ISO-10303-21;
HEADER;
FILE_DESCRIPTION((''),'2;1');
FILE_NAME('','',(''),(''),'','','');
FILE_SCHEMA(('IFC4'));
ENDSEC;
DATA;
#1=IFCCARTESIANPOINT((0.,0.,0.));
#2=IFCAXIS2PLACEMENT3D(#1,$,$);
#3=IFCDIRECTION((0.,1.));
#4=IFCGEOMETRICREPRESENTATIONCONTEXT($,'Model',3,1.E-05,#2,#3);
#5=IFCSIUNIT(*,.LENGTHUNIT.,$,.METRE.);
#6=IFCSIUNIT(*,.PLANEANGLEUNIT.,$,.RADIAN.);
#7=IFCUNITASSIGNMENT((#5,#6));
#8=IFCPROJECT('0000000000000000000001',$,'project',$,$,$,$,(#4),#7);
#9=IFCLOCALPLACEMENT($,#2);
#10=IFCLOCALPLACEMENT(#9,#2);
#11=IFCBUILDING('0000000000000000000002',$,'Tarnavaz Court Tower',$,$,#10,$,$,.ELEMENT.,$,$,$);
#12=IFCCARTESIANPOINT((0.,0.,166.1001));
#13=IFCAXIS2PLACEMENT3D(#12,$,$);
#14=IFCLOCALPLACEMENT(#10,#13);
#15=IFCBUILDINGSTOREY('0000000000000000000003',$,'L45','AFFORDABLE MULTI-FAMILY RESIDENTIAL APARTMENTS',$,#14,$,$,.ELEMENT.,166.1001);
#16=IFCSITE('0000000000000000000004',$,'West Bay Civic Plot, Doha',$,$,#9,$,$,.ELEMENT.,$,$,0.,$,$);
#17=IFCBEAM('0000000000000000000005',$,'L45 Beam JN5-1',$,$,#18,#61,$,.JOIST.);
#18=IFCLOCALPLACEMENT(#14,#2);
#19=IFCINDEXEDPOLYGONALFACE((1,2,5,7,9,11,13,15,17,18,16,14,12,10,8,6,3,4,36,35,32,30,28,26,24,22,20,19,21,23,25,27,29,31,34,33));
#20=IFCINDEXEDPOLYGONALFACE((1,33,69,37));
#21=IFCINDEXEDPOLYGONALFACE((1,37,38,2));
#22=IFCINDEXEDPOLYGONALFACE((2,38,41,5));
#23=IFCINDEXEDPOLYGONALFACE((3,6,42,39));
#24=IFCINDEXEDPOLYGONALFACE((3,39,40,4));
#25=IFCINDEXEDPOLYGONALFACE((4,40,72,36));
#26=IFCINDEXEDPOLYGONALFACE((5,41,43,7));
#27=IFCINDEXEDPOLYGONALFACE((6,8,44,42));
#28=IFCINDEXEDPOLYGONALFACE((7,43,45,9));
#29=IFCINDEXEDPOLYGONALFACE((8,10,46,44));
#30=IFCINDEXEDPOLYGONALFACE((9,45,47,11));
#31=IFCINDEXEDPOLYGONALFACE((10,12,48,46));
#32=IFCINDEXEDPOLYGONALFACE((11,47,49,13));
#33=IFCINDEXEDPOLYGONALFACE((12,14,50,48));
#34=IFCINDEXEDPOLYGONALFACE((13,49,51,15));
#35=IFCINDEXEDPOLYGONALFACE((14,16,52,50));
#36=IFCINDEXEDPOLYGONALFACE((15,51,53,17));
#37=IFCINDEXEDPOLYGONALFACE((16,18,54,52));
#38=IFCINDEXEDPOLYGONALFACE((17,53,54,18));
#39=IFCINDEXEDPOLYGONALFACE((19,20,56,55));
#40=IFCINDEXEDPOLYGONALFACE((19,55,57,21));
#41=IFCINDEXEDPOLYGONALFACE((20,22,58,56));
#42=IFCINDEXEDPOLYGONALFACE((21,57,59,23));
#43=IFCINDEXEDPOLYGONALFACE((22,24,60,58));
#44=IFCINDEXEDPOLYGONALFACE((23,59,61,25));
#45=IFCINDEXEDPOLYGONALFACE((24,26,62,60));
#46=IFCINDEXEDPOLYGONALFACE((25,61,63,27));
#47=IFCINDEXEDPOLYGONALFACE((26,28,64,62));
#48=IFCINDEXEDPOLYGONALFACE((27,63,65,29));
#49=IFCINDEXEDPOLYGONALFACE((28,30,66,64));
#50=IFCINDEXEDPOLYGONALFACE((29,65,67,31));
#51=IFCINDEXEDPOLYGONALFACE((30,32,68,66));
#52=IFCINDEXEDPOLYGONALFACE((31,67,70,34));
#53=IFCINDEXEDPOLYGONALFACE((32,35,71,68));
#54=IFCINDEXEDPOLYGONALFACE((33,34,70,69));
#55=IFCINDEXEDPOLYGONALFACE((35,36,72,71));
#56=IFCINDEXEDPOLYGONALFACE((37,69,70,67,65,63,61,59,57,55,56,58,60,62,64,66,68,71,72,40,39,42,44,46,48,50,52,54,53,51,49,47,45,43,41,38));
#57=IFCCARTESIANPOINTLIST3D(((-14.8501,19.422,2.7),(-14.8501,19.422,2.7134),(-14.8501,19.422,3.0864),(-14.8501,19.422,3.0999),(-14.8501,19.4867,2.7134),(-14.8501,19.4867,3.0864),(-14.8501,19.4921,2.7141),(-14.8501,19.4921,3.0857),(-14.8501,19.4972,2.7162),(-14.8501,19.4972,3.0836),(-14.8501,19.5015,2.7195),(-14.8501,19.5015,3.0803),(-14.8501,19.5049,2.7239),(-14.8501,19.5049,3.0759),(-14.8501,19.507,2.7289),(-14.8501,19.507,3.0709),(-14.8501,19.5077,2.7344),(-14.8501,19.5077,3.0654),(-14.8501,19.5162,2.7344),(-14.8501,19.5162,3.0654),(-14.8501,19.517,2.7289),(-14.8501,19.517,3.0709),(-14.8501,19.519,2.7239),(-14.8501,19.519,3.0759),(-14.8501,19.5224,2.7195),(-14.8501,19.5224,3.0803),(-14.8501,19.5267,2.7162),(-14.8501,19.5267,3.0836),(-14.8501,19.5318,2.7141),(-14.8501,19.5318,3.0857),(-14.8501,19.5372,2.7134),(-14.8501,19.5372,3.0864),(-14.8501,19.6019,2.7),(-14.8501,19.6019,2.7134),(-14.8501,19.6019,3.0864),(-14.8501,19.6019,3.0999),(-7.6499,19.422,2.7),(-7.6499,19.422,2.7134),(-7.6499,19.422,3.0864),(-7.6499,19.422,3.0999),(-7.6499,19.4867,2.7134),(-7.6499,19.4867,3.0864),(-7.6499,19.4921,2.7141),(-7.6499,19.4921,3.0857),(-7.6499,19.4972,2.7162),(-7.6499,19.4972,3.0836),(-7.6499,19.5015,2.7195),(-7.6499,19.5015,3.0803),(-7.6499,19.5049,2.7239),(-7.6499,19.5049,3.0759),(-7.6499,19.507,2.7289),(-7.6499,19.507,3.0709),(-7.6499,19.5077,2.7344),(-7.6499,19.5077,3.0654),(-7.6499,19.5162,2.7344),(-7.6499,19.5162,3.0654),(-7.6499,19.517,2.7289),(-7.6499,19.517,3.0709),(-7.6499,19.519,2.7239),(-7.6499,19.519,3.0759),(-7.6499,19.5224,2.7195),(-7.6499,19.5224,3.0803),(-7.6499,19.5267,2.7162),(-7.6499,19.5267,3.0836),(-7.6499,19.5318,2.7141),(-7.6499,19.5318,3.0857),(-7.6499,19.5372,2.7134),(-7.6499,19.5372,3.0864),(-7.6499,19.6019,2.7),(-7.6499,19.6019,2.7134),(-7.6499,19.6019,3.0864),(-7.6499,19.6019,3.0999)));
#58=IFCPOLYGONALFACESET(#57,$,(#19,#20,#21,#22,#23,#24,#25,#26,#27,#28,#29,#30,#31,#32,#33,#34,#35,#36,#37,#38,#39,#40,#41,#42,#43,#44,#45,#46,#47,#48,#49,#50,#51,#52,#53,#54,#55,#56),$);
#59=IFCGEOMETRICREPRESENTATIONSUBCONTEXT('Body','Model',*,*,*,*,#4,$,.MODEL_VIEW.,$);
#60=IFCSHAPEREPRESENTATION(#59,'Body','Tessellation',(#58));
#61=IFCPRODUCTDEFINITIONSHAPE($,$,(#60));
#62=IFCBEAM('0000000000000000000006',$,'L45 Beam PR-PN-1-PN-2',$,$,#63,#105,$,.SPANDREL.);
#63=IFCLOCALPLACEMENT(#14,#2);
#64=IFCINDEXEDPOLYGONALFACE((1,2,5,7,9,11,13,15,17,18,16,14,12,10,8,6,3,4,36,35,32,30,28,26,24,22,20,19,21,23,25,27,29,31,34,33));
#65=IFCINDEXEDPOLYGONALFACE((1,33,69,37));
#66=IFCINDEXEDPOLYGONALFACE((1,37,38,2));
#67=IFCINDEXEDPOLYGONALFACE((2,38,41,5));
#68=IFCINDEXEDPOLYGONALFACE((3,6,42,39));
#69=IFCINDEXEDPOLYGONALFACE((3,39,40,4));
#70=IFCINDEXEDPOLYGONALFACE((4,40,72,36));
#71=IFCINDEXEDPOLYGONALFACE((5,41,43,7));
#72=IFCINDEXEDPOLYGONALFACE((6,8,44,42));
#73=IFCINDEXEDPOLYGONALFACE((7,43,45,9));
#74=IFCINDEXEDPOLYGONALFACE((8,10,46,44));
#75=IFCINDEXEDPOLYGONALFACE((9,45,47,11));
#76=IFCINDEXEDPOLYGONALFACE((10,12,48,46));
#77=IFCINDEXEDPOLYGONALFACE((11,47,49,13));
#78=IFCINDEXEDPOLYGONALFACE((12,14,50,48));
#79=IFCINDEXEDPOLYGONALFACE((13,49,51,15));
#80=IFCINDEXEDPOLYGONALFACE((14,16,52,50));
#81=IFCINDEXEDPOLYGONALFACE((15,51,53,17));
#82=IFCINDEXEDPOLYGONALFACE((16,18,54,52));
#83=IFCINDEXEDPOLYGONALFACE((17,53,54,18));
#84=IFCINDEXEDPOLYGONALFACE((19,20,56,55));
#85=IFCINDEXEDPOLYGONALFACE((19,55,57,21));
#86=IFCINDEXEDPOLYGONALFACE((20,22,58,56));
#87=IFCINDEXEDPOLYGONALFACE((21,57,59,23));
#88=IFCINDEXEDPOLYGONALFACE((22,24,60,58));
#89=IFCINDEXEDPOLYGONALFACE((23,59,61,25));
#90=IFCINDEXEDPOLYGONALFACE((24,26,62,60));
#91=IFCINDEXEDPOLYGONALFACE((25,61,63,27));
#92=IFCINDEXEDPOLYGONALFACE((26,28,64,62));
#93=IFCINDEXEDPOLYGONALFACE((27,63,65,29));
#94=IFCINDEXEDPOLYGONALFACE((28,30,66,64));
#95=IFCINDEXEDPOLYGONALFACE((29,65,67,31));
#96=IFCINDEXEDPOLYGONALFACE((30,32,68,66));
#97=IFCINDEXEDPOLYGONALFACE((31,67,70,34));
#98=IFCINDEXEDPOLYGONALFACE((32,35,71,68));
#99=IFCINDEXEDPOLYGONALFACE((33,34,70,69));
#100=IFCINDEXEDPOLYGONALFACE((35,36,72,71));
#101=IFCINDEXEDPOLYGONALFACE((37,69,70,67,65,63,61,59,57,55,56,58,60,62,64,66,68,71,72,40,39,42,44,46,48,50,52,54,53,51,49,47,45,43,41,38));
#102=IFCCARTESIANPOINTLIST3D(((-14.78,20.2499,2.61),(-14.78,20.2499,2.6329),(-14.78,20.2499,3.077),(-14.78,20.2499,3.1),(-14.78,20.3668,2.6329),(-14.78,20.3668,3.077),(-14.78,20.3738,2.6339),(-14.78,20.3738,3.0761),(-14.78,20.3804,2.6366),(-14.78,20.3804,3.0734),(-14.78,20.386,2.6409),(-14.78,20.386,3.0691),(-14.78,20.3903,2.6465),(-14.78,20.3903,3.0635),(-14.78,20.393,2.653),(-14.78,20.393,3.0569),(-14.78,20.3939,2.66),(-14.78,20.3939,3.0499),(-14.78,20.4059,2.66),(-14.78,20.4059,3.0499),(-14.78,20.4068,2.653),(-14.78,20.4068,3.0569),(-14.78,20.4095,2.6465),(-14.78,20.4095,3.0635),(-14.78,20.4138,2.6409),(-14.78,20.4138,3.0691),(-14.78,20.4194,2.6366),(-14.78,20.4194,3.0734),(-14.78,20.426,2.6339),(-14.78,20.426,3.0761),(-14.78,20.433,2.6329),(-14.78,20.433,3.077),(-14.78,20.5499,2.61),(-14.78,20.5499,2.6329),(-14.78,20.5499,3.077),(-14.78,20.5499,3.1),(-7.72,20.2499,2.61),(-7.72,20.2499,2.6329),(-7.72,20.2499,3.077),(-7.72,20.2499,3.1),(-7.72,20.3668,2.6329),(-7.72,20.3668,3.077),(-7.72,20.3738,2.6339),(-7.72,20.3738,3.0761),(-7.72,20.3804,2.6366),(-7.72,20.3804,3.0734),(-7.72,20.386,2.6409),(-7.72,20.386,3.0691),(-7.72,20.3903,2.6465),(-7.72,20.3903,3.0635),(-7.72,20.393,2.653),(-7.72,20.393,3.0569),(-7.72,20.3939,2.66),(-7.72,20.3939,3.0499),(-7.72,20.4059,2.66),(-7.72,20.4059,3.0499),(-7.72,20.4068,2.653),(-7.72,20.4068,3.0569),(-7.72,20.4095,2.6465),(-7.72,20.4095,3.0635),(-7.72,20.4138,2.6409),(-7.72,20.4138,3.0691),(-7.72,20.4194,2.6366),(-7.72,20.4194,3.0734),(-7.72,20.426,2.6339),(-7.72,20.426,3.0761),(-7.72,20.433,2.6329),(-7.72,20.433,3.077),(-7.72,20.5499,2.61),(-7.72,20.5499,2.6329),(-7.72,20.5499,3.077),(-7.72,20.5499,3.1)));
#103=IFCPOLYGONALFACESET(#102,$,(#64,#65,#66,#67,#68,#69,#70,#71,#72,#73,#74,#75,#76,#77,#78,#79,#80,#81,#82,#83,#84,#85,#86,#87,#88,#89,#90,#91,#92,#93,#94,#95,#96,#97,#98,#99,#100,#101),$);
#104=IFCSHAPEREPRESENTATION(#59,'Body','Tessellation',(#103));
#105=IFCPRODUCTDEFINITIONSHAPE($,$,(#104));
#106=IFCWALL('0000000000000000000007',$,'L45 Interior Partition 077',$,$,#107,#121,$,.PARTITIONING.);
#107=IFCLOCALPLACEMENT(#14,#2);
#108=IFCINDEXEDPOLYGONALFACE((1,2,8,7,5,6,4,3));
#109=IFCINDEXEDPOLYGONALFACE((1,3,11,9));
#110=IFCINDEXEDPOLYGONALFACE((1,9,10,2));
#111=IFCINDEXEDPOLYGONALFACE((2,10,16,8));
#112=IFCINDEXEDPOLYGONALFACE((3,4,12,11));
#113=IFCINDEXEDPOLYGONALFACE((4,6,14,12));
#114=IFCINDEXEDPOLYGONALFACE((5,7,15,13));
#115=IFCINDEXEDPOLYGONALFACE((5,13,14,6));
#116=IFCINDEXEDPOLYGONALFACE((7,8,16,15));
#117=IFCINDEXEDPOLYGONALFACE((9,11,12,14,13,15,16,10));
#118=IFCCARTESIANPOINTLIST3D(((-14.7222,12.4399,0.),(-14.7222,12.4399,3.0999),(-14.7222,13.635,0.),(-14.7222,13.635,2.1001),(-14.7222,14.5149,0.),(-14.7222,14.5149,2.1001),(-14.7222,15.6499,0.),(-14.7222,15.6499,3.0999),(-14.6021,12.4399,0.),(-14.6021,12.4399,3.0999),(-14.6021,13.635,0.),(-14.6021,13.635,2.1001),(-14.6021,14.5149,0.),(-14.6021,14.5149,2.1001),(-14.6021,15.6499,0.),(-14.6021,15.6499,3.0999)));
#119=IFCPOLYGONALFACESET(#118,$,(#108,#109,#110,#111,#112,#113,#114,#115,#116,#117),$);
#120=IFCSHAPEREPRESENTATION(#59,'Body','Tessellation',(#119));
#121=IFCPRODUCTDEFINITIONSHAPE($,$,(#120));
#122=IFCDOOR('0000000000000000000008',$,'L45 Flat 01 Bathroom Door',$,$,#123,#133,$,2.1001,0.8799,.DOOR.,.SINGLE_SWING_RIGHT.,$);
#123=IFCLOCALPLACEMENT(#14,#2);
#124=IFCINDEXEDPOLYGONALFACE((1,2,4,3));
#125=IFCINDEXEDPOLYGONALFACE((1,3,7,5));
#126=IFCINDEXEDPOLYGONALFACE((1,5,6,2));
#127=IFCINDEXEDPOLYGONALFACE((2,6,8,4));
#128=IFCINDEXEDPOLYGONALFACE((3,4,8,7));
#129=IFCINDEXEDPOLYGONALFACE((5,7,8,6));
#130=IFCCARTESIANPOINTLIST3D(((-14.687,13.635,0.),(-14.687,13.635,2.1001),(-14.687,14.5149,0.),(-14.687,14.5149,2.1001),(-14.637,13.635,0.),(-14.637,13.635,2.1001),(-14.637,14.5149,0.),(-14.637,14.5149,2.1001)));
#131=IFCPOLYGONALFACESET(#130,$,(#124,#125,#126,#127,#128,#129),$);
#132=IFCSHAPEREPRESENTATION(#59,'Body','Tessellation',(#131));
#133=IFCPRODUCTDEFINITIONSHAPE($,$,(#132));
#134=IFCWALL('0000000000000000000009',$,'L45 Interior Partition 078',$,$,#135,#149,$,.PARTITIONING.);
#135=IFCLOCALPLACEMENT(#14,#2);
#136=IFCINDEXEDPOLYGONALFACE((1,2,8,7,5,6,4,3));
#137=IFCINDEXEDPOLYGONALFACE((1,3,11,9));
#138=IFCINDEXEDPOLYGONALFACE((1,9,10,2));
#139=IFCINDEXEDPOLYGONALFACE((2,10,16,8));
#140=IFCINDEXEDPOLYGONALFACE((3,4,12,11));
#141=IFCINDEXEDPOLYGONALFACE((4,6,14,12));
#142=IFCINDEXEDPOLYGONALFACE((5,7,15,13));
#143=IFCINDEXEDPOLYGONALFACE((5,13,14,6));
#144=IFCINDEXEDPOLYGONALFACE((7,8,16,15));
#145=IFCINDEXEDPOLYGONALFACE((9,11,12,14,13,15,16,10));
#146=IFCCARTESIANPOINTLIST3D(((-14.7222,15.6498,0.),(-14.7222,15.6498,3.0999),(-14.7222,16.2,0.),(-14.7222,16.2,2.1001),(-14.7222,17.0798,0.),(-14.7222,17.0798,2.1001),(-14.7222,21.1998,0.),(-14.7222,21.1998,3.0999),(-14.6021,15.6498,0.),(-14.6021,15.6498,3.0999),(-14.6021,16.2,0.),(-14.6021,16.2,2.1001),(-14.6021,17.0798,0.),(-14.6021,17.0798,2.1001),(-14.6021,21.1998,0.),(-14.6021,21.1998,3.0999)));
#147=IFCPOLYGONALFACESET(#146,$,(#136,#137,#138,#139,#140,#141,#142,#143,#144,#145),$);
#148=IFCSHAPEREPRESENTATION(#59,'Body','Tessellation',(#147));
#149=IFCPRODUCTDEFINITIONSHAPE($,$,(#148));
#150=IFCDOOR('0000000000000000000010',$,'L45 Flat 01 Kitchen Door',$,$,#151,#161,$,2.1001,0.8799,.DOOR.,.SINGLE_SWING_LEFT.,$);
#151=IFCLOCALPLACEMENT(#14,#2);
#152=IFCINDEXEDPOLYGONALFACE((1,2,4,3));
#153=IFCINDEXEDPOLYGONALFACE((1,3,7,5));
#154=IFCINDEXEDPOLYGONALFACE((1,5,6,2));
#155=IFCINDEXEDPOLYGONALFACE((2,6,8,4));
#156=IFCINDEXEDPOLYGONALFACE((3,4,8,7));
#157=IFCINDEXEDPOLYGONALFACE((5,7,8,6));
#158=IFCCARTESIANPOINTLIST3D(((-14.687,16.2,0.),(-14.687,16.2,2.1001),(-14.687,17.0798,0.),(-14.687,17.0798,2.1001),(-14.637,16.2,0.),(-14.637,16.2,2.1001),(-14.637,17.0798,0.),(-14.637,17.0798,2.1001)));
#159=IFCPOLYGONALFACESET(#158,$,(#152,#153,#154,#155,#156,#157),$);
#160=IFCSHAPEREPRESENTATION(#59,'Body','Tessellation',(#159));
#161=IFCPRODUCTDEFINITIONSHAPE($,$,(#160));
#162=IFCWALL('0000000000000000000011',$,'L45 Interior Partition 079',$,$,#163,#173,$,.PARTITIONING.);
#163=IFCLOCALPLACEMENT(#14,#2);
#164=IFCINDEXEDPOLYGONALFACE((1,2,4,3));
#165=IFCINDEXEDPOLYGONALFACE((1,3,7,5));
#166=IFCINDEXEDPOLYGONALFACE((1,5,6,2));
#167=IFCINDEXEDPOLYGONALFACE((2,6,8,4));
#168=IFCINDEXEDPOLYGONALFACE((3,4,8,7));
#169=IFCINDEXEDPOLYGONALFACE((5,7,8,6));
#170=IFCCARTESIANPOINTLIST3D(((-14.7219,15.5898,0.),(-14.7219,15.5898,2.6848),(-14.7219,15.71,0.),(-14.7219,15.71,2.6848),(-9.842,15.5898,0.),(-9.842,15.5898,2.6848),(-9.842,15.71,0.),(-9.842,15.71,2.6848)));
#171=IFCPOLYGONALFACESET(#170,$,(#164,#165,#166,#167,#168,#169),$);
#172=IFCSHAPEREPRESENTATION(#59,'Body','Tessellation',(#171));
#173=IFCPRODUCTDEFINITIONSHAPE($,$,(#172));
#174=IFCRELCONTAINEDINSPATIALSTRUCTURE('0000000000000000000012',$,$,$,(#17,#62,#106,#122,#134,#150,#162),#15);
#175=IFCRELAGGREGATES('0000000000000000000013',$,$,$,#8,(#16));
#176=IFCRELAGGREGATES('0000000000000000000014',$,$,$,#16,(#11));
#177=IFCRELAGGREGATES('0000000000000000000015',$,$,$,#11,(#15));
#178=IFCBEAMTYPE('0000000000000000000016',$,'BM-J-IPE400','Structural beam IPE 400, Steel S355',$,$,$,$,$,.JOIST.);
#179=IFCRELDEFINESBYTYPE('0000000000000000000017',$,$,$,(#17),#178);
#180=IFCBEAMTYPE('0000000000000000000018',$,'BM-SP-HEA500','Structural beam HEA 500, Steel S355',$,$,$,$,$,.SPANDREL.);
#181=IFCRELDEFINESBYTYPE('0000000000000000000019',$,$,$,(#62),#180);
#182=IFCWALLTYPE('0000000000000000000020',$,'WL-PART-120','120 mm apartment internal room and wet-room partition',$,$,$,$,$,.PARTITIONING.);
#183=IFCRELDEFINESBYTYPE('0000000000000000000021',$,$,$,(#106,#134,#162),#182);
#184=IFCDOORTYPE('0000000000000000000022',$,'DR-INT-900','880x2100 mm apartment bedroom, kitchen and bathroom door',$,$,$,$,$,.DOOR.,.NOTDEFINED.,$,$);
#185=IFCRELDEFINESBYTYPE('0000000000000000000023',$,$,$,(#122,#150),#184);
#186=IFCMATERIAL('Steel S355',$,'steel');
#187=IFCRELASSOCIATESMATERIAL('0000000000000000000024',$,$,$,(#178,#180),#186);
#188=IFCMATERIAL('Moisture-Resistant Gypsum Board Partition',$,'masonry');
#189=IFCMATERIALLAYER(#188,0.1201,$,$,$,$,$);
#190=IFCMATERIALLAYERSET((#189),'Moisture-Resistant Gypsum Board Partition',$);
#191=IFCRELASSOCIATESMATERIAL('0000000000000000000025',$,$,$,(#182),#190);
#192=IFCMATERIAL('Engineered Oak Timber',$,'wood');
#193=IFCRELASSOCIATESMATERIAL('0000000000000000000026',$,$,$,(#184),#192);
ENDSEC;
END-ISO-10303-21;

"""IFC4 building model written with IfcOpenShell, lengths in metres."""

from ifc_helpers import new_model, si_unit, direction, frame, frame_2d, origin, origin_2d, place, context, subcontext, project, spatial, rectangle, i_section, extrude, material, layer, layer_set, material_profile, profile_set, type_object, element, fill, save


model = new_model("IFC4")

# Units and contexts
model_context = context("Model", 3, precision=1e-05, world=origin(), true_north=direction((0.0, 1.0)))
body_context = subcontext(model_context, "Body", "Model", "MODEL_VIEW")
ifc_project = project(units=[si_unit("LENGTHUNIT", "METRE"), si_unit("PLANEANGLEUNIT", "RADIAN")], contexts=[model_context])

# Site, building, storey
site_placement = place(None, origin())
site = spatial("IfcSite", under=ifc_project, at=site_placement, Name="West Bay Civic Plot, Doha", CompositionType="ELEMENT", RefElevation=0.0)
building_placement = place(site_placement, origin())
building = spatial("IfcBuilding", under=site, at=building_placement, Name="Tarnavaz Court Tower", CompositionType="ELEMENT")
storey_placement = place(building_placement, frame((0.0, 0.0, 166.1001)))
storey = spatial("IfcBuildingStorey", under=building, at=storey_placement, Name="L45", Description="AFFORDABLE MULTI-FAMILY RESIDENTIAL APARTMENTS", CompositionType="ELEMENT", Elevation=166.1001)

# Beams
ifc_material_1 = material(Name="Steel S355", Category="steel")
ifc_material_profile_1 = material_profile(ifc_material_1, i_section(OverallWidth=0.1799, OverallDepth=0.3999, WebThickness=0.0085, FlangeThickness=0.0134, FilletRadius=0.021, at=origin_2d()), Name="IPE 400")
ifc_profile_set_1 = profile_set([ifc_material_profile_1], Name="Steel S355")
beam_type_1 = type_object("IfcBeamType", Name="BM-J-IPE400", Description="Structural beam IPE 400, Steel S355", PredefinedType="JOIST", material=ifc_profile_set_1)
for number, where, z_axis, x_axis, name in (
    (1, (-14.8501, 19.512, 2.8999), (1.0, 0.0, 0.0), (0.0, 1.0, 0.0), "L45 Beam JN5-1"),
):
    element("IfcBeam", number, at=place(storey_placement, frame(where, z_axis=z_axis, x_axis=x_axis)), inside=storey, type_object=beam_type_1, Name=name, PredefinedType="JOIST", context=body_context, shape_type="SweptSolid", body=[
        extrude(i_section(OverallWidth=0.1799, OverallDepth=0.3999, WebThickness=0.0085, FlangeThickness=0.0134, FilletRadius=0.021, at=origin_2d()), origin(), (0.0, 0.0, 1.0), 7.2002),
    ])
ifc_material_profile_2 = material_profile(ifc_material_1, i_section(OverallWidth=0.3, OverallDepth=0.49, WebThickness=0.012, FlangeThickness=0.0229, FilletRadius=0.0271, at=origin_2d()), Name="HEA 500")
ifc_profile_set_2 = profile_set([ifc_material_profile_2], Name="Steel S355")
beam_type_2 = type_object("IfcBeamType", Name="BM-SP-HEA500", Description="Structural beam HEA 500, Steel S355", PredefinedType="SPANDREL", material=ifc_profile_set_2)
beam_placement = place(storey_placement, frame((-14.78, 20.3999, 2.855), z_axis=(1.0, 0.0, 0.0), x_axis=(0.0, 1.0, 0.0)))
element("IfcBeam", 2, at=beam_placement, inside=storey, type_object=beam_type_2, Name="L45 Beam PR-PN-1-PN-2", PredefinedType="SPANDREL", context=body_context, shape_type="SweptSolid", body=[
    extrude(i_section(OverallWidth=0.3, OverallDepth=0.49, WebThickness=0.012, FlangeThickness=0.0229, FilletRadius=0.0271, at=origin_2d()), origin(), (0.0, 0.0, 1.0), 7.0601),
])

# Walls, openings, doors
ifc_material_2 = material(Name="Moisture-Resistant Gypsum Board Partition", Category="masonry")
ifc_layer = layer(ifc_material_2, 0.1201)
ifc_layer_set = layer_set([ifc_layer], Name="Moisture-Resistant Gypsum Board Partition")
wall_type = type_object("IfcWallType", Name="WL-PART-120", Description="120 mm apartment internal room and wet-room partition", PredefinedType="PARTITIONING", material=ifc_layer_set)
wall_1_placement = place(storey_placement, frame((-14.6621, 12.4399, 0.0), z_axis=(0.0, 0.0, 1.0), x_axis=(0.0, 1.0, 0.0)))
wall_1 = element("IfcWall", 3, at=wall_1_placement, inside=storey, type_object=wall_type, Name="L45 Interior Partition 077", PredefinedType="PARTITIONING", context=body_context, shape_type="SweptSolid", body=[
    extrude(rectangle(XDim=3.21, YDim=0.1201, at=frame_2d((1.605, 0.0))), origin(), (0.0, 0.0, 1.0), 3.0999),
])
opening_1_placement = place(wall_1_placement, frame((1.1951, 0.0, 0.0)))
opening_1 = element("IfcOpeningElement", 4, at=opening_1_placement, cuts=wall_1, PredefinedType="OPENING", context=body_context, shape_type="SweptSolid", body=[
    extrude(rectangle(XDim=0.8799, YDim=2.1001, at=frame_2d((0.4399, 1.05))), frame((0.0, 0.0701, 0.0), z_axis=(0.0, -1.0, 0.0), x_axis=(1.0, 0.0, 0.0)), (0.0, 0.0, 1.0), 0.1401),
])
ifc_material_3 = material(Name="Engineered Oak Timber", Category="wood")
door_type = type_object("IfcDoorType", Name="DR-INT-900", Description="880x2100 mm apartment bedroom, kitchen and bathroom door", OperationType="NOTDEFINED", PredefinedType="DOOR", material=ifc_material_3)
door_1_placement = place(opening_1_placement, origin())
door_1 = element("IfcDoor", 5, at=door_1_placement, inside=storey, type_object=door_type, Name="L45 Flat 01 Bathroom Door", OperationType="SINGLE_SWING_RIGHT", OverallHeight=2.1001, OverallWidth=0.8799, PredefinedType="DOOR", context=body_context, shape_type="SweptSolid", body=[
    extrude(rectangle(XDim=0.8799, YDim=2.1001, at=frame_2d((0.4399, 1.05))), frame((0.0, 0.0249, 0.0), z_axis=(0.0, -1.0, 0.0), x_axis=(1.0, 0.0, 0.0)), (0.0, 0.0, 1.0), 0.05),
])
fill(opening_1, door_1)
wall_2_placement = place(storey_placement, frame((-14.6621, 15.6499, 0.0), z_axis=(0.0, 0.0, 1.0), x_axis=(0.0, 1.0, 0.0)))
wall_2 = element("IfcWall", 6, at=wall_2_placement, inside=storey, type_object=wall_type, Name="L45 Interior Partition 078", PredefinedType="PARTITIONING", context=body_context, shape_type="SweptSolid", body=[
    extrude(rectangle(XDim=5.55, YDim=0.1201, at=frame_2d((2.7749, 0.0))), origin(), (0.0, 0.0, 1.0), 3.0999),
])
opening_2_placement = place(wall_2_placement, frame((0.55, 0.0, 0.0)))
opening_2 = element("IfcOpeningElement", 7, at=opening_2_placement, cuts=wall_2, PredefinedType="OPENING", context=body_context, shape_type="SweptSolid", body=[
    extrude(rectangle(XDim=0.8799, YDim=2.1001, at=frame_2d((0.4399, 1.05))), frame((0.0, 0.0701, 0.0), z_axis=(0.0, -1.0, 0.0), x_axis=(1.0, 0.0, 0.0)), (0.0, 0.0, 1.0), 0.1401),
])
door_2_placement = place(opening_2_placement, origin())
door_2 = element("IfcDoor", 8, at=door_2_placement, inside=storey, type_object=door_type, Name="L45 Flat 01 Kitchen Door", OperationType="SINGLE_SWING_LEFT", OverallHeight=2.1001, OverallWidth=0.8799, PredefinedType="DOOR", context=body_context, shape_type="SweptSolid", body=[
    extrude(rectangle(XDim=0.8799, YDim=2.1001, at=frame_2d((0.4399, 1.05))), frame((0.0, 0.0249, 0.0), z_axis=(0.0, -1.0, 0.0), x_axis=(1.0, 0.0, 0.0)), (0.0, 0.0, 1.0), 0.05),
])
fill(opening_2, door_2)

# Wall
wall_3_placement = place(storey_placement, frame((-14.7219, 15.6499, 0.0), z_axis=(0.0, 0.0, 1.0), x_axis=(1.0, 0.0, 0.0)))
element("IfcWall", 9, at=wall_3_placement, inside=storey, type_object=wall_type, Name="L45 Interior Partition 079", PredefinedType="PARTITIONING", context=body_context, shape_type="SweptSolid", body=[
    extrude(rectangle(XDim=4.8799, YDim=0.1201, at=frame_2d((2.4399, 0.0))), origin(), (0.0, 0.0, 1.0), 2.6848),
])

save(model, "model.ifc")
